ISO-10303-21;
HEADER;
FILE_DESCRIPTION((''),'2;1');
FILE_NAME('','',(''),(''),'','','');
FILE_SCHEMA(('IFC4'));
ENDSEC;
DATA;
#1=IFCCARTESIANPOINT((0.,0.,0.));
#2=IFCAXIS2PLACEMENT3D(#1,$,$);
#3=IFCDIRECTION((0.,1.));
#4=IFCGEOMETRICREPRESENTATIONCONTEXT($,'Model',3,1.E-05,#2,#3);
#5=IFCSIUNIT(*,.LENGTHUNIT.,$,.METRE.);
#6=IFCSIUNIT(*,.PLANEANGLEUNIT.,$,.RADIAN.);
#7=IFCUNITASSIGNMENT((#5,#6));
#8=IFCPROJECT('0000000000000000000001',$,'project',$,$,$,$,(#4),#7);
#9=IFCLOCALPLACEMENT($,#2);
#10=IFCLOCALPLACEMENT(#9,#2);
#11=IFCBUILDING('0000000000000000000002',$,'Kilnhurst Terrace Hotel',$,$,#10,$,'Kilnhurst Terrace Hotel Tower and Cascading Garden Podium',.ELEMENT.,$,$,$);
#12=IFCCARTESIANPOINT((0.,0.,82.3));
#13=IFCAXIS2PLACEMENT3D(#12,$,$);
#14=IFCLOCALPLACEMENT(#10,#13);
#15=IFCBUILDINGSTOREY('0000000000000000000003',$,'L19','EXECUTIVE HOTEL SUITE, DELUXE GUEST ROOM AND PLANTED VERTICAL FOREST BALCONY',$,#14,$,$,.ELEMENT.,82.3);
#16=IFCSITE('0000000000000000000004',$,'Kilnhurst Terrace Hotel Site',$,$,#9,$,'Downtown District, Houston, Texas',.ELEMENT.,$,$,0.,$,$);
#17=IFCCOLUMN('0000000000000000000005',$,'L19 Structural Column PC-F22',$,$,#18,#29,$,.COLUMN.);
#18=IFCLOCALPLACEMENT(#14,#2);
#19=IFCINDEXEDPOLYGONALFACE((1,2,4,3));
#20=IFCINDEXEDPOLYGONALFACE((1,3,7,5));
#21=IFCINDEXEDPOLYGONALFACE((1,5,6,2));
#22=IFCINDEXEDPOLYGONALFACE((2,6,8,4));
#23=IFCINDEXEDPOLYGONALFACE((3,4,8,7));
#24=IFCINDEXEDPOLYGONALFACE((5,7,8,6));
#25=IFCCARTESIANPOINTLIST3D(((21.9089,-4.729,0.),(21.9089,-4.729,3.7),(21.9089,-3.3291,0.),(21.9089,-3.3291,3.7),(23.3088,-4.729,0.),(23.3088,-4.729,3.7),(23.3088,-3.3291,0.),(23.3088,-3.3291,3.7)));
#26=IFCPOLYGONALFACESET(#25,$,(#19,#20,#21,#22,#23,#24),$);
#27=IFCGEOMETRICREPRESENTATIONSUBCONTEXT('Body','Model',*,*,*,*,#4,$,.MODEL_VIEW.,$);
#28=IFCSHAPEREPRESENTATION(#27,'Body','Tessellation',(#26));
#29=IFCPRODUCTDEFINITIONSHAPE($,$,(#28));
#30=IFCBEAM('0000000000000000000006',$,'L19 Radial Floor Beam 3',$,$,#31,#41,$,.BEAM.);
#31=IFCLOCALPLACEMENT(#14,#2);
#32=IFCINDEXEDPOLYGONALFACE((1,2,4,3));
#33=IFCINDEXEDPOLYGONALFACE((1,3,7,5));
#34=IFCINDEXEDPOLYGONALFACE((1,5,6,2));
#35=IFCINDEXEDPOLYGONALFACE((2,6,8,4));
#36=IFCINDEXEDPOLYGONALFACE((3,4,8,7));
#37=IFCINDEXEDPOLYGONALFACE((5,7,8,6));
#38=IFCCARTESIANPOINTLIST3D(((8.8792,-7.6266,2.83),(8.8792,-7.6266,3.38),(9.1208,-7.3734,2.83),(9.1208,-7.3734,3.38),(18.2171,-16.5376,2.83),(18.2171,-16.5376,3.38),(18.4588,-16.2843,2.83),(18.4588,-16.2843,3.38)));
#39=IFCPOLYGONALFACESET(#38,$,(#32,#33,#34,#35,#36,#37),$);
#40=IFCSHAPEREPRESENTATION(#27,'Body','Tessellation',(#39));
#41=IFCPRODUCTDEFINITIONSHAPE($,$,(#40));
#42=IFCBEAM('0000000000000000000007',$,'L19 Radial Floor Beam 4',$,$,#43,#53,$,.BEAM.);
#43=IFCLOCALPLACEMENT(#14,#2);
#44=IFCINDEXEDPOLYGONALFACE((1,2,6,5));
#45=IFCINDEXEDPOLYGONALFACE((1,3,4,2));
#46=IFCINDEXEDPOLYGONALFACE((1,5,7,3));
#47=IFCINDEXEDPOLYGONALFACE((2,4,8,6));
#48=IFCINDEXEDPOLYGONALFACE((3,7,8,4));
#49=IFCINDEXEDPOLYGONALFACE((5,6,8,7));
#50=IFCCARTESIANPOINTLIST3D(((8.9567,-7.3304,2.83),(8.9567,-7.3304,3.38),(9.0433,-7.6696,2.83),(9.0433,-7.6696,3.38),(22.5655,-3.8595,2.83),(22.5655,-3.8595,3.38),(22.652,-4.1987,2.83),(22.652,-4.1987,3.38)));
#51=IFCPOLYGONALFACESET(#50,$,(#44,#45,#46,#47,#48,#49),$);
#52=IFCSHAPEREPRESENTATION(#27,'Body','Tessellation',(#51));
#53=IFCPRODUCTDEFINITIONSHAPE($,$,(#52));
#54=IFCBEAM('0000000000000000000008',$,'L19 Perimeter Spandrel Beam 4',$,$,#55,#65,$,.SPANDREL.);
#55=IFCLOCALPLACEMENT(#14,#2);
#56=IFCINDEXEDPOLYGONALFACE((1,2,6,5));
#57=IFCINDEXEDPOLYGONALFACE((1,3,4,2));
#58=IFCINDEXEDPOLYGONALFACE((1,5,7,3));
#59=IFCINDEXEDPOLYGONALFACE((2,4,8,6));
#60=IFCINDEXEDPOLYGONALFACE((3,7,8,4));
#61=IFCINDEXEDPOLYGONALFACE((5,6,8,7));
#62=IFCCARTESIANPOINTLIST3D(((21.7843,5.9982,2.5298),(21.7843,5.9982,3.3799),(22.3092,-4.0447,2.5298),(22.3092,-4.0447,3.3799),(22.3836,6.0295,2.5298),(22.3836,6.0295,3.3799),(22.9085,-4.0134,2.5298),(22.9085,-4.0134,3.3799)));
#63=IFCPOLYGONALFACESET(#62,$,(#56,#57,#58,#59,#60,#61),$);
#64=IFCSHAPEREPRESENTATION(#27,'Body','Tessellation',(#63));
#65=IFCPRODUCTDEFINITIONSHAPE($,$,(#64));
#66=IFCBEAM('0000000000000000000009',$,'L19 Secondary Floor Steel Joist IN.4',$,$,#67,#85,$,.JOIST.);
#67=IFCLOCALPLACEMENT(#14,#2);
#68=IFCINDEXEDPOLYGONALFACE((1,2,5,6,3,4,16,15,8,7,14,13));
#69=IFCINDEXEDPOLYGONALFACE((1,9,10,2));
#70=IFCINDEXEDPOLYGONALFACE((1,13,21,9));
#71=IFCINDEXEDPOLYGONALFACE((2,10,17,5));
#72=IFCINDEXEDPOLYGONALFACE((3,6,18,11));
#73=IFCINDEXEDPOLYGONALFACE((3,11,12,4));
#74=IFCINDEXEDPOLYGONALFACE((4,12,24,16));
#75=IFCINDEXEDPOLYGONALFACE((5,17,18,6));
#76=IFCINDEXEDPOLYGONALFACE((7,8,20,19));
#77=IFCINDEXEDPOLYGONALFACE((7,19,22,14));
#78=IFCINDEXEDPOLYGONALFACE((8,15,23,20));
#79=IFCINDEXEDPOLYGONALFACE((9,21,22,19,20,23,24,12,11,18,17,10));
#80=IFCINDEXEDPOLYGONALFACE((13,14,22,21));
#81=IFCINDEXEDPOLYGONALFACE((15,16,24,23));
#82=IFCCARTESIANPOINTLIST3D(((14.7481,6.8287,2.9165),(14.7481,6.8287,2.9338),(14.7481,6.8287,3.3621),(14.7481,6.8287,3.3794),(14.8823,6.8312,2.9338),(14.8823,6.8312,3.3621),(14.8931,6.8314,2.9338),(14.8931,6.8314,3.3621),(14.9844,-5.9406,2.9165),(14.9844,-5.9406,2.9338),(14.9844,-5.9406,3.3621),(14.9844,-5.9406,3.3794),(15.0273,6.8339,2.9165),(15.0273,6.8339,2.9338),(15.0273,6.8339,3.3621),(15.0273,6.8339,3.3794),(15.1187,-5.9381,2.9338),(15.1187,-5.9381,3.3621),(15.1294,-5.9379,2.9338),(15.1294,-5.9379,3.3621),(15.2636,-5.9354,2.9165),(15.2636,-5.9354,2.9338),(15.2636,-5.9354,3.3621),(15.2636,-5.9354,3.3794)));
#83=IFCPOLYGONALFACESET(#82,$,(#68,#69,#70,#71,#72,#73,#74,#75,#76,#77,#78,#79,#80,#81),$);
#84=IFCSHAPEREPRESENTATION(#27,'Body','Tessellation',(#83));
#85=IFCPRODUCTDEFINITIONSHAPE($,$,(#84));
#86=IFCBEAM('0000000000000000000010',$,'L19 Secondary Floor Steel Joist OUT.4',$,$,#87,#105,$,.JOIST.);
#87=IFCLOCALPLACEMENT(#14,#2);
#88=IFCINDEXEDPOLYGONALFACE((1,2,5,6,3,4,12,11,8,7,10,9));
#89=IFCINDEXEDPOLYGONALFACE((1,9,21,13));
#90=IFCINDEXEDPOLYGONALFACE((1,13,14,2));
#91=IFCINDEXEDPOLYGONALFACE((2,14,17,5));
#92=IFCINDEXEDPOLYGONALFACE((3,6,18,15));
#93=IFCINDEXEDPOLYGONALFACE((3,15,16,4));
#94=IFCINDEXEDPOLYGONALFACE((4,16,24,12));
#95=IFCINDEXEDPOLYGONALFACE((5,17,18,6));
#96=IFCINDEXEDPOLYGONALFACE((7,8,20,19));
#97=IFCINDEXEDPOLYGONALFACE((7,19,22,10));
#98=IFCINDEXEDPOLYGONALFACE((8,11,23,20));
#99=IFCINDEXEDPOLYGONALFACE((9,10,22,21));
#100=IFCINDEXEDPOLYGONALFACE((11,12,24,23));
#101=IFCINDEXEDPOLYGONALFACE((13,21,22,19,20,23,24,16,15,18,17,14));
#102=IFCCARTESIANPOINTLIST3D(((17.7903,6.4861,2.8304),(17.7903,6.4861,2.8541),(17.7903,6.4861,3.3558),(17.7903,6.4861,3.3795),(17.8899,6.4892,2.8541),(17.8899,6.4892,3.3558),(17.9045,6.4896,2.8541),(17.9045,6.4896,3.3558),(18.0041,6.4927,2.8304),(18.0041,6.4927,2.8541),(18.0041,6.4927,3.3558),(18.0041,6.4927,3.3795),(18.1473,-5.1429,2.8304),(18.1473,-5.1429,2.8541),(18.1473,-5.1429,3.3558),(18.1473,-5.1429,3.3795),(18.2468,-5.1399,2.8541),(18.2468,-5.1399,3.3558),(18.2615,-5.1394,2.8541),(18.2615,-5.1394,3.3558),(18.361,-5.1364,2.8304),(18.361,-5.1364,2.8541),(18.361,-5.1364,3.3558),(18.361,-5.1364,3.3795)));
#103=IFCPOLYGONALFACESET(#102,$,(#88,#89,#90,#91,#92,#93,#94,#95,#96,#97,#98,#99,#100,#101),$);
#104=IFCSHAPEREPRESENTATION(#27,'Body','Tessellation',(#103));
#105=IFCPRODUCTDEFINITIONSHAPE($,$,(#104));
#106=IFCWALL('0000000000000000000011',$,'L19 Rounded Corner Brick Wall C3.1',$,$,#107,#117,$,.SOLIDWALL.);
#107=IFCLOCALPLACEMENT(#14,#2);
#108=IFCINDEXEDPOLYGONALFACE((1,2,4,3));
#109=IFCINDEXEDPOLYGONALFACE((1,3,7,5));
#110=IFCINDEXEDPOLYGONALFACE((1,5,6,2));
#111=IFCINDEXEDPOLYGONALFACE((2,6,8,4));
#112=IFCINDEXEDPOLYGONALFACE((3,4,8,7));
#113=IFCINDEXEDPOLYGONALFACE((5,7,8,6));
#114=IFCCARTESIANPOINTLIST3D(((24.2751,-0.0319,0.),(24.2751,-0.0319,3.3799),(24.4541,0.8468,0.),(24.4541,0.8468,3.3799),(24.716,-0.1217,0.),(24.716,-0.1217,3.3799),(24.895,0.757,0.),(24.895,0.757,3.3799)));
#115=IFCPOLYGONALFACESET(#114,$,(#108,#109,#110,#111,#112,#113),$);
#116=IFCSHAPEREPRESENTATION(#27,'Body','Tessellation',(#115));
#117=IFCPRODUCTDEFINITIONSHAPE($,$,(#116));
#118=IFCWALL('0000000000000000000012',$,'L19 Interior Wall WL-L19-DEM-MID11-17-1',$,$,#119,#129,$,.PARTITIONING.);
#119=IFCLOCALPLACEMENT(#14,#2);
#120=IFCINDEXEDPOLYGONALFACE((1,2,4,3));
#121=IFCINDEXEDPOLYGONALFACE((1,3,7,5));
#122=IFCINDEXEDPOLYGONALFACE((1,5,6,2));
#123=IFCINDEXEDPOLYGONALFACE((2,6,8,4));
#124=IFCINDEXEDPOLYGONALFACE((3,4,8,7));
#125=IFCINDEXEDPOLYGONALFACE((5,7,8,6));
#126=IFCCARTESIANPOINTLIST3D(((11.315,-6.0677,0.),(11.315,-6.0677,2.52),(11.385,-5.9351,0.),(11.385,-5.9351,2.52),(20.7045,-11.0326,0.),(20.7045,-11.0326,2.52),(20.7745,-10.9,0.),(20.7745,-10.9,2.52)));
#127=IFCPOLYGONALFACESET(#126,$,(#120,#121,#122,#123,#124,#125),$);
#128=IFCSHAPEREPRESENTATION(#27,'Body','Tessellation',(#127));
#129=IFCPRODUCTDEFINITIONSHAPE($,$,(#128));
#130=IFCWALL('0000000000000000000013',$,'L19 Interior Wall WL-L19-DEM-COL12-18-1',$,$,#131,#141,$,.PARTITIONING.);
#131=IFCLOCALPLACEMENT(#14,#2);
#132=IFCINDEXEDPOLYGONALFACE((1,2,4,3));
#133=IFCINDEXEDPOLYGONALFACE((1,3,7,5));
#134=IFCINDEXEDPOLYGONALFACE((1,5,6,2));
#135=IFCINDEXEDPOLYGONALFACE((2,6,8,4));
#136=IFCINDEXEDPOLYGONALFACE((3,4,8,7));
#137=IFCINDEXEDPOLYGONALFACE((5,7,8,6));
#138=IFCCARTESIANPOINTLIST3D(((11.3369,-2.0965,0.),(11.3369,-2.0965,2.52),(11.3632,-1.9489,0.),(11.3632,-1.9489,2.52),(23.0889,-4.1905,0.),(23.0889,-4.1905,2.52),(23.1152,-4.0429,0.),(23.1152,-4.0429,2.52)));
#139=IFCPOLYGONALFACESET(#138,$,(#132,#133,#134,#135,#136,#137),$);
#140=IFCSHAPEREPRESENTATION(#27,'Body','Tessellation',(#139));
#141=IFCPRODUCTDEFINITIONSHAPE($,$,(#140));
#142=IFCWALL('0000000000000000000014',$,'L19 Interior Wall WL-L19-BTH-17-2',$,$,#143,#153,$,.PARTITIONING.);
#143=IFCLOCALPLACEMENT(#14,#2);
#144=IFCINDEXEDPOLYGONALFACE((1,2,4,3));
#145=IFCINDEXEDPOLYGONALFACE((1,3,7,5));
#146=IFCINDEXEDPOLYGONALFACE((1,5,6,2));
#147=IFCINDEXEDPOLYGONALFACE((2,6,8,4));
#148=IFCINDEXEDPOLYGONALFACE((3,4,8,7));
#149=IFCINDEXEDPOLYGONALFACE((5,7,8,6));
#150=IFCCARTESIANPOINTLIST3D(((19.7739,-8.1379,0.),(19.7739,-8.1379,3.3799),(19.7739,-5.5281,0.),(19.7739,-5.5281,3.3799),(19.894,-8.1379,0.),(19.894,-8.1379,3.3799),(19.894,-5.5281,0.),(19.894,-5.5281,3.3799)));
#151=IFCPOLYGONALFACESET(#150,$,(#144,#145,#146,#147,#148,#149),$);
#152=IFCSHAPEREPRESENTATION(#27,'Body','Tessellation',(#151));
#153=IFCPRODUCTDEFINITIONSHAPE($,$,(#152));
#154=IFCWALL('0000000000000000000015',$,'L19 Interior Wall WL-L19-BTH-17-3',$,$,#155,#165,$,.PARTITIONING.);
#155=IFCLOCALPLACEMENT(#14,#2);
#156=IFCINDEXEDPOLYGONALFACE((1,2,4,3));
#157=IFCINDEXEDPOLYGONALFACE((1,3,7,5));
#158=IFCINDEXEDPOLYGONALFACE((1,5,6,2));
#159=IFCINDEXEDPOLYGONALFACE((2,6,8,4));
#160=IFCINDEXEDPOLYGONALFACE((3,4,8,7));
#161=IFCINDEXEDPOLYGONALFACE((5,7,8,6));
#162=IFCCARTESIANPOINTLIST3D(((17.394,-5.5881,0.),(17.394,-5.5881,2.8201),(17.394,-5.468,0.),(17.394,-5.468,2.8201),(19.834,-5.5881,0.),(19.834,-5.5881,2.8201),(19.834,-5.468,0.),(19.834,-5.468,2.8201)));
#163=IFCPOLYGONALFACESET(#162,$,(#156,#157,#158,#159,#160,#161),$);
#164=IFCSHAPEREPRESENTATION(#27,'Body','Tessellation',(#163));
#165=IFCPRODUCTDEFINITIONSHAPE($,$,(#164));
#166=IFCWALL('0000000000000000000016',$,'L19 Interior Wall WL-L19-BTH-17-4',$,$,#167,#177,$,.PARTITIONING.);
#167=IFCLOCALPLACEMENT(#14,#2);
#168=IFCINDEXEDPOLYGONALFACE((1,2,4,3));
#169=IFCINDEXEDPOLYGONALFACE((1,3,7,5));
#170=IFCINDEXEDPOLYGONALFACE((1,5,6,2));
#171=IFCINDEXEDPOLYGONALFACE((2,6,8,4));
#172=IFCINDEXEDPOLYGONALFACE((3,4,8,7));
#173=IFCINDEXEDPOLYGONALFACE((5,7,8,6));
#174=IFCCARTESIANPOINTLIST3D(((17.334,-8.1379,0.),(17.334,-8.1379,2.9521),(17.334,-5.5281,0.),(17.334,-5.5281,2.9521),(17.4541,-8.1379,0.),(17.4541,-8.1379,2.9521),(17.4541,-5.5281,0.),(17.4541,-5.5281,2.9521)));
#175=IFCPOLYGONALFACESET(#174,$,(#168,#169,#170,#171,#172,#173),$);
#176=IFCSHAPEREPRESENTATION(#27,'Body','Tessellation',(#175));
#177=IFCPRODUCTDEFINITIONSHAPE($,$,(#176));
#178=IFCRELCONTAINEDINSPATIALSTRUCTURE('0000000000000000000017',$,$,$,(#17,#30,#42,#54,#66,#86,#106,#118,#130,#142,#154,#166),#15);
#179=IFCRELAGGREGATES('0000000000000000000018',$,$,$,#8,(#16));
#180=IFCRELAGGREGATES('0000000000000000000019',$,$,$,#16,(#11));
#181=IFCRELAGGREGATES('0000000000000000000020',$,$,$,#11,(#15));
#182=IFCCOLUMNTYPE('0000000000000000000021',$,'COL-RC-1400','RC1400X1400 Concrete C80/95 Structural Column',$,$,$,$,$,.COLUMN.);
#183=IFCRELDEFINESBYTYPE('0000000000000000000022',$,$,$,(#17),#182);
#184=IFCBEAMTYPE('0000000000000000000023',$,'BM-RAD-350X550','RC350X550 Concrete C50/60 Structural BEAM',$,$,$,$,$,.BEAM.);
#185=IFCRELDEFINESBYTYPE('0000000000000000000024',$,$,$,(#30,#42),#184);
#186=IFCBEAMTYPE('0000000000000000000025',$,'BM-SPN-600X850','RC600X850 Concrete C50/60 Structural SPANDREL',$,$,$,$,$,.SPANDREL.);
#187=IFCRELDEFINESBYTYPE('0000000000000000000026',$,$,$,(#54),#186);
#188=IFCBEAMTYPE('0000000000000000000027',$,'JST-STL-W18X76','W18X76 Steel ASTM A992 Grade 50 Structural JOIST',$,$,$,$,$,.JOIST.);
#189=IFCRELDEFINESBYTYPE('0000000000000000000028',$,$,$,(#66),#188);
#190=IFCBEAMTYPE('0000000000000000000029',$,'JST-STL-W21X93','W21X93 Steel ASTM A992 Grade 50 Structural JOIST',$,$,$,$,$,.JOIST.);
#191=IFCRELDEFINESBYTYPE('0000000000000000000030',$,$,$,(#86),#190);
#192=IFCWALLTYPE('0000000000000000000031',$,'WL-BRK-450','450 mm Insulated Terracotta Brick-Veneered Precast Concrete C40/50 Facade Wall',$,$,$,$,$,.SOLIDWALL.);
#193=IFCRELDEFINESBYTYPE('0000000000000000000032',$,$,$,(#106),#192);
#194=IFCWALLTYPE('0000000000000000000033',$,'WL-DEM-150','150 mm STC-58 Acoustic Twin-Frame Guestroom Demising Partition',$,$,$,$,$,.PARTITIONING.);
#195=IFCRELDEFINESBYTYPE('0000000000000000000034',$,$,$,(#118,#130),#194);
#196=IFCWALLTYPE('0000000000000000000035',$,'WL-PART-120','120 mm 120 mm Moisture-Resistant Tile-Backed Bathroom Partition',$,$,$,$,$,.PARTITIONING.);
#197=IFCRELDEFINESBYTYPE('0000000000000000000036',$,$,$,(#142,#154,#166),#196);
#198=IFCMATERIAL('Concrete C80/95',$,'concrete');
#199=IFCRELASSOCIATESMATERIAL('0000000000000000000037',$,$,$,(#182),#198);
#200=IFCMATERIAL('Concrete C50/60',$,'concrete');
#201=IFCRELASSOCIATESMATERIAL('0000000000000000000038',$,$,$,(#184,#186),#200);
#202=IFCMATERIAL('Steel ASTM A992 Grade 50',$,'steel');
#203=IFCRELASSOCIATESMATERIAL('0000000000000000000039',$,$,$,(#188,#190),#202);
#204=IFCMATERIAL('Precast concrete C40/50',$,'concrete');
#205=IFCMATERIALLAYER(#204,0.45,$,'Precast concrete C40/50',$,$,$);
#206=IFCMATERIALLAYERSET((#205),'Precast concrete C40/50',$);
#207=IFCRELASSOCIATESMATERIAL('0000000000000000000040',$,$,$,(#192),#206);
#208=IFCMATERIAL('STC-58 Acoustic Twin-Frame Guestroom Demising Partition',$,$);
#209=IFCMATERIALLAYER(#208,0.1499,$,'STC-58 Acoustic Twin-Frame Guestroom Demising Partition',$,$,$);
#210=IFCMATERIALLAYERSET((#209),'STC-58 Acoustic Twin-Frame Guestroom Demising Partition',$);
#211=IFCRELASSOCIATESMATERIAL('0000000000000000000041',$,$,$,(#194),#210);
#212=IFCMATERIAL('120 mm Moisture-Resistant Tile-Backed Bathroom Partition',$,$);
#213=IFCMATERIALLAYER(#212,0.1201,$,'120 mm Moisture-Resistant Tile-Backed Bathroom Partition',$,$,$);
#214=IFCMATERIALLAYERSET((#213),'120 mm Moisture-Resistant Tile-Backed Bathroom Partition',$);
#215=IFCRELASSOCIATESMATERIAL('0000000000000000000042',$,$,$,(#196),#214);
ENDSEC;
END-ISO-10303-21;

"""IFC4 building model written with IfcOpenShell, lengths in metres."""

from ifc_helpers import new_model, si_unit, direction, frame, frame_2d, origin, origin_2d, place, context, subcontext, project, spatial, rectangle, i_section, extrude, material, layer, layer_set, material_profile, profile_set, type_object, element, save


model = new_model("IFC4")

# Units and contexts
model_context = context("Model", 3, precision=1e-05, world=origin(), true_north=direction((0.0, 1.0)))
body_context = subcontext(model_context, "Body", "Model", "MODEL_VIEW")
ifc_project = project(units=[si_unit("LENGTHUNIT", "METRE"), si_unit("PLANEANGLEUNIT", "RADIAN")], contexts=[model_context])

# Site, building, storey
site_placement = place(None, origin())
site = spatial("IfcSite", under=ifc_project, at=site_placement, Name="Kilnhurst Terrace Hotel Site", LongName="Downtown District, Houston, Texas", CompositionType="ELEMENT", RefElevation=0.0)
building_placement = place(site_placement, origin())
building = spatial("IfcBuilding", under=site, at=building_placement, Name="Kilnhurst Terrace Hotel", LongName="Kilnhurst Terrace Hotel Tower and Cascading Garden Podium", CompositionType="ELEMENT")
storey_placement = place(building_placement, frame((0.0, 0.0, 82.3)))
storey = spatial("IfcBuildingStorey", under=building, at=storey_placement, Name="L19", Description="EXECUTIVE HOTEL SUITE, DELUXE GUEST ROOM AND PLANTED VERTICAL FOREST BALCONY", CompositionType="ELEMENT", Elevation=82.3)

# Column
ifc_material_1 = material(Name="Concrete C80/95", Category="concrete")
ifc_material_profile_1 = material_profile(ifc_material_1, rectangle(XDim=1.3999, YDim=1.3999, at=origin_2d()), Name="RC1400X1400")
ifc_profile_set_1 = profile_set([ifc_material_profile_1], Name="Concrete C80/95")
column_type = type_object("IfcColumnType", Name="COL-RC-1400", Description="RC1400X1400 Concrete C80/95 Structural Column", PredefinedType="COLUMN", material=ifc_profile_set_1)
column_placement = place(storey_placement, frame((22.6089, -4.0291, 0.0), z_axis=(0.0, 0.0, 1.0), x_axis=(1.0, 0.0, 0.0)))
element("IfcColumn", 1, at=column_placement, inside=storey, type_object=column_type, Name="L19 Structural Column PC-F22", PredefinedType="COLUMN", context=body_context, shape_type="SweptSolid", body=[
    extrude(rectangle(XDim=1.3999, YDim=1.3999, at=origin_2d()), origin(), (0.0, 0.0, 1.0), 3.7),
])

# Beams
ifc_material_2 = material(Name="Concrete C50/60", Category="concrete")
ifc_material_profile_2 = material_profile(ifc_material_2, rectangle(XDim=0.3501, YDim=0.55, at=origin_2d()), Name="RC350X550")
ifc_profile_set_2 = profile_set([ifc_material_profile_2], Name="Concrete C50/60")
beam_type_1 = type_object("IfcBeamType", Name="BM-RAD-350X550", Description="RC350X550 Concrete C50/60 Structural BEAM", PredefinedType="BEAM", material=ifc_profile_set_2)
beam_1_placement = place(storey_placement, frame((9.0, -7.5, 3.105), z_axis=(0.723454, -0.690372, 0.0), x_axis=(0.690372, 0.723454, 0.0)))
element("IfcBeam", 2, at=beam_1_placement, inside=storey, type_object=beam_type_1, Name="L19 Radial Floor Beam 3", PredefinedType="BEAM", context=body_context, shape_type="SweptSolid", body=[
    extrude(rectangle(XDim=0.3501, YDim=0.55, at=origin_2d()), origin(), (0.0, 0.0, 1.0), 12.9075),
])
beam_2_placement = place(storey_placement, frame((9.0, -7.5, 3.105), z_axis=(0.96898, 0.247138, 0.0), x_axis=(-0.247138, 0.96898, 0.0)))
element("IfcBeam", 3, at=beam_2_placement, inside=storey, type_object=beam_type_1, Name="L19 Radial Floor Beam 4", PredefinedType="BEAM", context=body_context, shape_type="SweptSolid", body=[
    extrude(rectangle(XDim=0.3501, YDim=0.55, at=origin_2d()), origin(), (0.0, 0.0, 1.0), 14.0444),
])
ifc_material_profile_3 = material_profile(ifc_material_2, rectangle(XDim=0.6001, YDim=0.8501, at=origin_2d()), Name="RC600X850")
ifc_profile_set_3 = profile_set([ifc_material_profile_3], Name="Concrete C50/60")
beam_type_2 = type_object("IfcBeamType", Name="BM-SPN-600X850", Description="RC600X850 Concrete C50/60 Structural SPANDREL", PredefinedType="SPANDREL", material=ifc_profile_set_3)
beam_3_placement = place(storey_placement, frame((22.6089, -4.0291, 2.9548), z_axis=(-0.052194, 0.998637, 0.0), x_axis=(-0.998637, -0.052194, 0.0)))
element("IfcBeam", 4, at=beam_3_placement, inside=storey, type_object=beam_type_2, Name="L19 Perimeter Spandrel Beam 4", PredefinedType="SPANDREL", context=body_context, shape_type="SweptSolid", body=[
    extrude(rectangle(XDim=0.6001, YDim=0.8501, at=origin_2d()), origin(), (0.0, 0.0, 1.0), 10.0566),
])
ifc_material_3 = material(Name="Steel ASTM A992 Grade 50", Category="steel")
ifc_material_profile_4 = material_profile(ifc_material_3, i_section(OverallWidth=0.2793, OverallDepth=0.4629, WebThickness=0.0107, FlangeThickness=0.0173, at=origin_2d()), Name="W18X76")
ifc_profile_set_4 = profile_set([ifc_material_profile_4], Name="Steel ASTM A992 Grade 50")
beam_type_3 = type_object("IfcBeamType", Name="JST-STL-W18X76", Description="W18X76 Steel ASTM A992 Grade 50 Structural JOIST", PredefinedType="JOIST", material=ifc_profile_set_4)
beam_4_placement = place(storey_placement, frame((15.124, -5.938, 3.1479), z_axis=(-0.018504, 0.999829, 0.0), x_axis=(-0.999829, -0.018504, 0.0)))
element("IfcBeam", 5, at=beam_4_placement, inside=storey, type_object=beam_type_3, Name="L19 Secondary Floor Steel Joist IN.4", PredefinedType="JOIST", context=body_context, shape_type="SweptSolid", body=[
    extrude(i_section(OverallWidth=0.2793, OverallDepth=0.4629, WebThickness=0.0107, FlangeThickness=0.0173, at=origin_2d()), origin(), (0.0, 0.0, 1.0), 12.7715),
])
ifc_material_profile_5 = material_profile(ifc_material_3, i_section(OverallWidth=0.2139, OverallDepth=0.5491, WebThickness=0.0146, FlangeThickness=0.0237, at=origin_2d()), Name="W21X93")
ifc_profile_set_5 = profile_set([ifc_material_profile_5], Name="Steel ASTM A992 Grade 50")
beam_type_4 = type_object("IfcBeamType", Name="JST-STL-W21X93", Description="W21X93 Steel ASTM A992 Grade 50 Structural JOIST", PredefinedType="JOIST", material=ifc_profile_set_5)
beam_5_placement = place(storey_placement, frame((18.2542, -5.1396, 3.105), z_axis=(-0.030679, 0.999529, 0.0), x_axis=(-0.999529, -0.030679, 0.0)))
element("IfcBeam", 6, at=beam_5_placement, inside=storey, type_object=beam_type_4, Name="L19 Secondary Floor Steel Joist OUT.4", PredefinedType="JOIST", context=body_context, shape_type="SweptSolid", body=[
    extrude(i_section(OverallWidth=0.2139, OverallDepth=0.5491, WebThickness=0.0146, FlangeThickness=0.0237, at=origin_2d()), origin(), (0.0, 0.0, 1.0), 11.6345),
])

# Wall
ifc_material_4 = material(Name="Precast concrete C40/50", Category="concrete")
ifc_layer_1 = layer(ifc_material_4, 0.45, Name="Precast concrete C40/50")
ifc_layer_set_1 = layer_set([ifc_layer_1], Name="Precast concrete C40/50")
wall_type_1 = type_object("IfcWallType", Name="WL-BRK-450", Description="450 mm Insulated Terracotta Brick-Veneered Precast Concrete C40/50 Facade Wall", PredefinedType="SOLIDWALL", material=ifc_layer_set_1)
wall_1_placement = place(storey_placement, frame((24.4956, -0.0767, 0.0), z_axis=(0.0, 0.0, 1.0), x_axis=(0.199571, 0.979883, 0.0)))
element("IfcWall", 7, at=wall_1_placement, inside=storey, type_object=wall_type_1, Name="L19 Rounded Corner Brick Wall C3.1", PredefinedType="SOLIDWALL", context=body_context, shape_type="SweptSolid", body=[
    extrude(rectangle(XDim=0.8967, YDim=0.45, at=frame_2d((0.4482, 0.0))), origin(), (0.0, 0.0, 1.0), 3.3799),
])

# Walls
ifc_material_5 = material(Name="STC-58 Acoustic Twin-Frame Guestroom Demising Partition")
ifc_layer_2 = layer(ifc_material_5, 0.1499, Name="STC-58 Acoustic Twin-Frame Guestroom Demising Partition")
ifc_layer_set_2 = layer_set([ifc_layer_2], Name="STC-58 Acoustic Twin-Frame Guestroom Demising Partition")
wall_type_2 = type_object("IfcWallType", Name="WL-DEM-150", Description="150 mm STC-58 Acoustic Twin-Frame Guestroom Demising Partition", PredefinedType="PARTITIONING", material=ifc_layer_set_2)
wall_2_placement = place(storey_placement, frame((11.3501, -6.0015, 0.0), z_axis=(0.0, 0.0, 1.0), x_axis=(0.884022, -0.467445, 0.0)))
element("IfcWall", 8, at=wall_2_placement, inside=storey, type_object=wall_type_2, Name="L19 Interior Wall WL-L19-DEM-MID11-17-1", PredefinedType="PARTITIONING", context=body_context, shape_type="SweptSolid", body=[
    extrude(rectangle(XDim=10.6213, YDim=0.1499, at=frame_2d((5.3105, 0.0))), origin(), (0.0, 0.0, 1.0), 2.52),
])
wall_3_placement = place(storey_placement, frame((11.3501, -2.0227, 0.0), z_axis=(0.0, 0.0, 1.0), x_axis=(0.984494, -0.17542, 0.0)))
element("IfcWall", 9, at=wall_3_placement, inside=storey, type_object=wall_type_2, Name="L19 Interior Wall WL-L19-DEM-COL12-18-1", PredefinedType="PARTITIONING", context=body_context, shape_type="SweptSolid", body=[
    extrude(rectangle(XDim=11.937, YDim=0.1499, at=frame_2d((5.9685, 0.0))), origin(), (0.0, 0.0, 1.0), 2.52),
])
ifc_material_6 = material(Name="120 mm Moisture-Resistant Tile-Backed Bathroom Partition")
ifc_layer_3 = layer(ifc_material_6, 0.1201, Name="120 mm Moisture-Resistant Tile-Backed Bathroom Partition")
ifc_layer_set_3 = layer_set([ifc_layer_3], Name="120 mm Moisture-Resistant Tile-Backed Bathroom Partition")
wall_type_3 = type_object("IfcWallType", Name="WL-PART-120", Description="120 mm 120 mm Moisture-Resistant Tile-Backed Bathroom Partition", PredefinedType="PARTITIONING", material=ifc_layer_set_3)
wall_4_placement = place(storey_placement, frame((19.834, -8.1379, 0.0), z_axis=(0.0, 0.0, 1.0), x_axis=(0.0, 1.0, 0.0)))
element("IfcWall", 10, at=wall_4_placement, inside=storey, type_object=wall_type_3, Name="L19 Interior Wall WL-L19-BTH-17-2", PredefinedType="PARTITIONING", context=body_context, shape_type="SweptSolid", body=[
    extrude(rectangle(XDim=2.6099, YDim=0.1201, at=frame_2d((1.3049, 0.0))), origin(), (0.0, 0.0, 1.0), 3.3799),
])
wall_5_placement = place(storey_placement, frame((19.834, -5.5281, 0.0), z_axis=(0.0, 0.0, 1.0), x_axis=(-1.0, 0.0, 0.0)))
element("IfcWall", 11, at=wall_5_placement, inside=storey, type_object=wall_type_3, Name="L19 Interior Wall WL-L19-BTH-17-3", PredefinedType="PARTITIONING", context=body_context, shape_type="SweptSolid", body=[
    extrude(rectangle(XDim=2.4399, YDim=0.1201, at=frame_2d((1.22, 0.0))), origin(), (0.0, 0.0, 1.0), 2.8201),
])
wall_6_placement = place(storey_placement, frame((17.394, -5.5281, 0.0), z_axis=(0.0, 0.0, 1.0), x_axis=(0.0, -1.0, 0.0)))
element("IfcWall", 12, at=wall_6_placement, inside=storey, type_object=wall_type_3, Name="L19 Interior Wall WL-L19-BTH-17-4", PredefinedType="PARTITIONING", context=body_context, shape_type="SweptSolid", body=[
    extrude(rectangle(XDim=2.6099, YDim=0.1201, at=frame_2d((1.3049, 0.0))), origin(), (0.0, 0.0, 1.0), 2.9521),
])

save(model, "model.ifc")
